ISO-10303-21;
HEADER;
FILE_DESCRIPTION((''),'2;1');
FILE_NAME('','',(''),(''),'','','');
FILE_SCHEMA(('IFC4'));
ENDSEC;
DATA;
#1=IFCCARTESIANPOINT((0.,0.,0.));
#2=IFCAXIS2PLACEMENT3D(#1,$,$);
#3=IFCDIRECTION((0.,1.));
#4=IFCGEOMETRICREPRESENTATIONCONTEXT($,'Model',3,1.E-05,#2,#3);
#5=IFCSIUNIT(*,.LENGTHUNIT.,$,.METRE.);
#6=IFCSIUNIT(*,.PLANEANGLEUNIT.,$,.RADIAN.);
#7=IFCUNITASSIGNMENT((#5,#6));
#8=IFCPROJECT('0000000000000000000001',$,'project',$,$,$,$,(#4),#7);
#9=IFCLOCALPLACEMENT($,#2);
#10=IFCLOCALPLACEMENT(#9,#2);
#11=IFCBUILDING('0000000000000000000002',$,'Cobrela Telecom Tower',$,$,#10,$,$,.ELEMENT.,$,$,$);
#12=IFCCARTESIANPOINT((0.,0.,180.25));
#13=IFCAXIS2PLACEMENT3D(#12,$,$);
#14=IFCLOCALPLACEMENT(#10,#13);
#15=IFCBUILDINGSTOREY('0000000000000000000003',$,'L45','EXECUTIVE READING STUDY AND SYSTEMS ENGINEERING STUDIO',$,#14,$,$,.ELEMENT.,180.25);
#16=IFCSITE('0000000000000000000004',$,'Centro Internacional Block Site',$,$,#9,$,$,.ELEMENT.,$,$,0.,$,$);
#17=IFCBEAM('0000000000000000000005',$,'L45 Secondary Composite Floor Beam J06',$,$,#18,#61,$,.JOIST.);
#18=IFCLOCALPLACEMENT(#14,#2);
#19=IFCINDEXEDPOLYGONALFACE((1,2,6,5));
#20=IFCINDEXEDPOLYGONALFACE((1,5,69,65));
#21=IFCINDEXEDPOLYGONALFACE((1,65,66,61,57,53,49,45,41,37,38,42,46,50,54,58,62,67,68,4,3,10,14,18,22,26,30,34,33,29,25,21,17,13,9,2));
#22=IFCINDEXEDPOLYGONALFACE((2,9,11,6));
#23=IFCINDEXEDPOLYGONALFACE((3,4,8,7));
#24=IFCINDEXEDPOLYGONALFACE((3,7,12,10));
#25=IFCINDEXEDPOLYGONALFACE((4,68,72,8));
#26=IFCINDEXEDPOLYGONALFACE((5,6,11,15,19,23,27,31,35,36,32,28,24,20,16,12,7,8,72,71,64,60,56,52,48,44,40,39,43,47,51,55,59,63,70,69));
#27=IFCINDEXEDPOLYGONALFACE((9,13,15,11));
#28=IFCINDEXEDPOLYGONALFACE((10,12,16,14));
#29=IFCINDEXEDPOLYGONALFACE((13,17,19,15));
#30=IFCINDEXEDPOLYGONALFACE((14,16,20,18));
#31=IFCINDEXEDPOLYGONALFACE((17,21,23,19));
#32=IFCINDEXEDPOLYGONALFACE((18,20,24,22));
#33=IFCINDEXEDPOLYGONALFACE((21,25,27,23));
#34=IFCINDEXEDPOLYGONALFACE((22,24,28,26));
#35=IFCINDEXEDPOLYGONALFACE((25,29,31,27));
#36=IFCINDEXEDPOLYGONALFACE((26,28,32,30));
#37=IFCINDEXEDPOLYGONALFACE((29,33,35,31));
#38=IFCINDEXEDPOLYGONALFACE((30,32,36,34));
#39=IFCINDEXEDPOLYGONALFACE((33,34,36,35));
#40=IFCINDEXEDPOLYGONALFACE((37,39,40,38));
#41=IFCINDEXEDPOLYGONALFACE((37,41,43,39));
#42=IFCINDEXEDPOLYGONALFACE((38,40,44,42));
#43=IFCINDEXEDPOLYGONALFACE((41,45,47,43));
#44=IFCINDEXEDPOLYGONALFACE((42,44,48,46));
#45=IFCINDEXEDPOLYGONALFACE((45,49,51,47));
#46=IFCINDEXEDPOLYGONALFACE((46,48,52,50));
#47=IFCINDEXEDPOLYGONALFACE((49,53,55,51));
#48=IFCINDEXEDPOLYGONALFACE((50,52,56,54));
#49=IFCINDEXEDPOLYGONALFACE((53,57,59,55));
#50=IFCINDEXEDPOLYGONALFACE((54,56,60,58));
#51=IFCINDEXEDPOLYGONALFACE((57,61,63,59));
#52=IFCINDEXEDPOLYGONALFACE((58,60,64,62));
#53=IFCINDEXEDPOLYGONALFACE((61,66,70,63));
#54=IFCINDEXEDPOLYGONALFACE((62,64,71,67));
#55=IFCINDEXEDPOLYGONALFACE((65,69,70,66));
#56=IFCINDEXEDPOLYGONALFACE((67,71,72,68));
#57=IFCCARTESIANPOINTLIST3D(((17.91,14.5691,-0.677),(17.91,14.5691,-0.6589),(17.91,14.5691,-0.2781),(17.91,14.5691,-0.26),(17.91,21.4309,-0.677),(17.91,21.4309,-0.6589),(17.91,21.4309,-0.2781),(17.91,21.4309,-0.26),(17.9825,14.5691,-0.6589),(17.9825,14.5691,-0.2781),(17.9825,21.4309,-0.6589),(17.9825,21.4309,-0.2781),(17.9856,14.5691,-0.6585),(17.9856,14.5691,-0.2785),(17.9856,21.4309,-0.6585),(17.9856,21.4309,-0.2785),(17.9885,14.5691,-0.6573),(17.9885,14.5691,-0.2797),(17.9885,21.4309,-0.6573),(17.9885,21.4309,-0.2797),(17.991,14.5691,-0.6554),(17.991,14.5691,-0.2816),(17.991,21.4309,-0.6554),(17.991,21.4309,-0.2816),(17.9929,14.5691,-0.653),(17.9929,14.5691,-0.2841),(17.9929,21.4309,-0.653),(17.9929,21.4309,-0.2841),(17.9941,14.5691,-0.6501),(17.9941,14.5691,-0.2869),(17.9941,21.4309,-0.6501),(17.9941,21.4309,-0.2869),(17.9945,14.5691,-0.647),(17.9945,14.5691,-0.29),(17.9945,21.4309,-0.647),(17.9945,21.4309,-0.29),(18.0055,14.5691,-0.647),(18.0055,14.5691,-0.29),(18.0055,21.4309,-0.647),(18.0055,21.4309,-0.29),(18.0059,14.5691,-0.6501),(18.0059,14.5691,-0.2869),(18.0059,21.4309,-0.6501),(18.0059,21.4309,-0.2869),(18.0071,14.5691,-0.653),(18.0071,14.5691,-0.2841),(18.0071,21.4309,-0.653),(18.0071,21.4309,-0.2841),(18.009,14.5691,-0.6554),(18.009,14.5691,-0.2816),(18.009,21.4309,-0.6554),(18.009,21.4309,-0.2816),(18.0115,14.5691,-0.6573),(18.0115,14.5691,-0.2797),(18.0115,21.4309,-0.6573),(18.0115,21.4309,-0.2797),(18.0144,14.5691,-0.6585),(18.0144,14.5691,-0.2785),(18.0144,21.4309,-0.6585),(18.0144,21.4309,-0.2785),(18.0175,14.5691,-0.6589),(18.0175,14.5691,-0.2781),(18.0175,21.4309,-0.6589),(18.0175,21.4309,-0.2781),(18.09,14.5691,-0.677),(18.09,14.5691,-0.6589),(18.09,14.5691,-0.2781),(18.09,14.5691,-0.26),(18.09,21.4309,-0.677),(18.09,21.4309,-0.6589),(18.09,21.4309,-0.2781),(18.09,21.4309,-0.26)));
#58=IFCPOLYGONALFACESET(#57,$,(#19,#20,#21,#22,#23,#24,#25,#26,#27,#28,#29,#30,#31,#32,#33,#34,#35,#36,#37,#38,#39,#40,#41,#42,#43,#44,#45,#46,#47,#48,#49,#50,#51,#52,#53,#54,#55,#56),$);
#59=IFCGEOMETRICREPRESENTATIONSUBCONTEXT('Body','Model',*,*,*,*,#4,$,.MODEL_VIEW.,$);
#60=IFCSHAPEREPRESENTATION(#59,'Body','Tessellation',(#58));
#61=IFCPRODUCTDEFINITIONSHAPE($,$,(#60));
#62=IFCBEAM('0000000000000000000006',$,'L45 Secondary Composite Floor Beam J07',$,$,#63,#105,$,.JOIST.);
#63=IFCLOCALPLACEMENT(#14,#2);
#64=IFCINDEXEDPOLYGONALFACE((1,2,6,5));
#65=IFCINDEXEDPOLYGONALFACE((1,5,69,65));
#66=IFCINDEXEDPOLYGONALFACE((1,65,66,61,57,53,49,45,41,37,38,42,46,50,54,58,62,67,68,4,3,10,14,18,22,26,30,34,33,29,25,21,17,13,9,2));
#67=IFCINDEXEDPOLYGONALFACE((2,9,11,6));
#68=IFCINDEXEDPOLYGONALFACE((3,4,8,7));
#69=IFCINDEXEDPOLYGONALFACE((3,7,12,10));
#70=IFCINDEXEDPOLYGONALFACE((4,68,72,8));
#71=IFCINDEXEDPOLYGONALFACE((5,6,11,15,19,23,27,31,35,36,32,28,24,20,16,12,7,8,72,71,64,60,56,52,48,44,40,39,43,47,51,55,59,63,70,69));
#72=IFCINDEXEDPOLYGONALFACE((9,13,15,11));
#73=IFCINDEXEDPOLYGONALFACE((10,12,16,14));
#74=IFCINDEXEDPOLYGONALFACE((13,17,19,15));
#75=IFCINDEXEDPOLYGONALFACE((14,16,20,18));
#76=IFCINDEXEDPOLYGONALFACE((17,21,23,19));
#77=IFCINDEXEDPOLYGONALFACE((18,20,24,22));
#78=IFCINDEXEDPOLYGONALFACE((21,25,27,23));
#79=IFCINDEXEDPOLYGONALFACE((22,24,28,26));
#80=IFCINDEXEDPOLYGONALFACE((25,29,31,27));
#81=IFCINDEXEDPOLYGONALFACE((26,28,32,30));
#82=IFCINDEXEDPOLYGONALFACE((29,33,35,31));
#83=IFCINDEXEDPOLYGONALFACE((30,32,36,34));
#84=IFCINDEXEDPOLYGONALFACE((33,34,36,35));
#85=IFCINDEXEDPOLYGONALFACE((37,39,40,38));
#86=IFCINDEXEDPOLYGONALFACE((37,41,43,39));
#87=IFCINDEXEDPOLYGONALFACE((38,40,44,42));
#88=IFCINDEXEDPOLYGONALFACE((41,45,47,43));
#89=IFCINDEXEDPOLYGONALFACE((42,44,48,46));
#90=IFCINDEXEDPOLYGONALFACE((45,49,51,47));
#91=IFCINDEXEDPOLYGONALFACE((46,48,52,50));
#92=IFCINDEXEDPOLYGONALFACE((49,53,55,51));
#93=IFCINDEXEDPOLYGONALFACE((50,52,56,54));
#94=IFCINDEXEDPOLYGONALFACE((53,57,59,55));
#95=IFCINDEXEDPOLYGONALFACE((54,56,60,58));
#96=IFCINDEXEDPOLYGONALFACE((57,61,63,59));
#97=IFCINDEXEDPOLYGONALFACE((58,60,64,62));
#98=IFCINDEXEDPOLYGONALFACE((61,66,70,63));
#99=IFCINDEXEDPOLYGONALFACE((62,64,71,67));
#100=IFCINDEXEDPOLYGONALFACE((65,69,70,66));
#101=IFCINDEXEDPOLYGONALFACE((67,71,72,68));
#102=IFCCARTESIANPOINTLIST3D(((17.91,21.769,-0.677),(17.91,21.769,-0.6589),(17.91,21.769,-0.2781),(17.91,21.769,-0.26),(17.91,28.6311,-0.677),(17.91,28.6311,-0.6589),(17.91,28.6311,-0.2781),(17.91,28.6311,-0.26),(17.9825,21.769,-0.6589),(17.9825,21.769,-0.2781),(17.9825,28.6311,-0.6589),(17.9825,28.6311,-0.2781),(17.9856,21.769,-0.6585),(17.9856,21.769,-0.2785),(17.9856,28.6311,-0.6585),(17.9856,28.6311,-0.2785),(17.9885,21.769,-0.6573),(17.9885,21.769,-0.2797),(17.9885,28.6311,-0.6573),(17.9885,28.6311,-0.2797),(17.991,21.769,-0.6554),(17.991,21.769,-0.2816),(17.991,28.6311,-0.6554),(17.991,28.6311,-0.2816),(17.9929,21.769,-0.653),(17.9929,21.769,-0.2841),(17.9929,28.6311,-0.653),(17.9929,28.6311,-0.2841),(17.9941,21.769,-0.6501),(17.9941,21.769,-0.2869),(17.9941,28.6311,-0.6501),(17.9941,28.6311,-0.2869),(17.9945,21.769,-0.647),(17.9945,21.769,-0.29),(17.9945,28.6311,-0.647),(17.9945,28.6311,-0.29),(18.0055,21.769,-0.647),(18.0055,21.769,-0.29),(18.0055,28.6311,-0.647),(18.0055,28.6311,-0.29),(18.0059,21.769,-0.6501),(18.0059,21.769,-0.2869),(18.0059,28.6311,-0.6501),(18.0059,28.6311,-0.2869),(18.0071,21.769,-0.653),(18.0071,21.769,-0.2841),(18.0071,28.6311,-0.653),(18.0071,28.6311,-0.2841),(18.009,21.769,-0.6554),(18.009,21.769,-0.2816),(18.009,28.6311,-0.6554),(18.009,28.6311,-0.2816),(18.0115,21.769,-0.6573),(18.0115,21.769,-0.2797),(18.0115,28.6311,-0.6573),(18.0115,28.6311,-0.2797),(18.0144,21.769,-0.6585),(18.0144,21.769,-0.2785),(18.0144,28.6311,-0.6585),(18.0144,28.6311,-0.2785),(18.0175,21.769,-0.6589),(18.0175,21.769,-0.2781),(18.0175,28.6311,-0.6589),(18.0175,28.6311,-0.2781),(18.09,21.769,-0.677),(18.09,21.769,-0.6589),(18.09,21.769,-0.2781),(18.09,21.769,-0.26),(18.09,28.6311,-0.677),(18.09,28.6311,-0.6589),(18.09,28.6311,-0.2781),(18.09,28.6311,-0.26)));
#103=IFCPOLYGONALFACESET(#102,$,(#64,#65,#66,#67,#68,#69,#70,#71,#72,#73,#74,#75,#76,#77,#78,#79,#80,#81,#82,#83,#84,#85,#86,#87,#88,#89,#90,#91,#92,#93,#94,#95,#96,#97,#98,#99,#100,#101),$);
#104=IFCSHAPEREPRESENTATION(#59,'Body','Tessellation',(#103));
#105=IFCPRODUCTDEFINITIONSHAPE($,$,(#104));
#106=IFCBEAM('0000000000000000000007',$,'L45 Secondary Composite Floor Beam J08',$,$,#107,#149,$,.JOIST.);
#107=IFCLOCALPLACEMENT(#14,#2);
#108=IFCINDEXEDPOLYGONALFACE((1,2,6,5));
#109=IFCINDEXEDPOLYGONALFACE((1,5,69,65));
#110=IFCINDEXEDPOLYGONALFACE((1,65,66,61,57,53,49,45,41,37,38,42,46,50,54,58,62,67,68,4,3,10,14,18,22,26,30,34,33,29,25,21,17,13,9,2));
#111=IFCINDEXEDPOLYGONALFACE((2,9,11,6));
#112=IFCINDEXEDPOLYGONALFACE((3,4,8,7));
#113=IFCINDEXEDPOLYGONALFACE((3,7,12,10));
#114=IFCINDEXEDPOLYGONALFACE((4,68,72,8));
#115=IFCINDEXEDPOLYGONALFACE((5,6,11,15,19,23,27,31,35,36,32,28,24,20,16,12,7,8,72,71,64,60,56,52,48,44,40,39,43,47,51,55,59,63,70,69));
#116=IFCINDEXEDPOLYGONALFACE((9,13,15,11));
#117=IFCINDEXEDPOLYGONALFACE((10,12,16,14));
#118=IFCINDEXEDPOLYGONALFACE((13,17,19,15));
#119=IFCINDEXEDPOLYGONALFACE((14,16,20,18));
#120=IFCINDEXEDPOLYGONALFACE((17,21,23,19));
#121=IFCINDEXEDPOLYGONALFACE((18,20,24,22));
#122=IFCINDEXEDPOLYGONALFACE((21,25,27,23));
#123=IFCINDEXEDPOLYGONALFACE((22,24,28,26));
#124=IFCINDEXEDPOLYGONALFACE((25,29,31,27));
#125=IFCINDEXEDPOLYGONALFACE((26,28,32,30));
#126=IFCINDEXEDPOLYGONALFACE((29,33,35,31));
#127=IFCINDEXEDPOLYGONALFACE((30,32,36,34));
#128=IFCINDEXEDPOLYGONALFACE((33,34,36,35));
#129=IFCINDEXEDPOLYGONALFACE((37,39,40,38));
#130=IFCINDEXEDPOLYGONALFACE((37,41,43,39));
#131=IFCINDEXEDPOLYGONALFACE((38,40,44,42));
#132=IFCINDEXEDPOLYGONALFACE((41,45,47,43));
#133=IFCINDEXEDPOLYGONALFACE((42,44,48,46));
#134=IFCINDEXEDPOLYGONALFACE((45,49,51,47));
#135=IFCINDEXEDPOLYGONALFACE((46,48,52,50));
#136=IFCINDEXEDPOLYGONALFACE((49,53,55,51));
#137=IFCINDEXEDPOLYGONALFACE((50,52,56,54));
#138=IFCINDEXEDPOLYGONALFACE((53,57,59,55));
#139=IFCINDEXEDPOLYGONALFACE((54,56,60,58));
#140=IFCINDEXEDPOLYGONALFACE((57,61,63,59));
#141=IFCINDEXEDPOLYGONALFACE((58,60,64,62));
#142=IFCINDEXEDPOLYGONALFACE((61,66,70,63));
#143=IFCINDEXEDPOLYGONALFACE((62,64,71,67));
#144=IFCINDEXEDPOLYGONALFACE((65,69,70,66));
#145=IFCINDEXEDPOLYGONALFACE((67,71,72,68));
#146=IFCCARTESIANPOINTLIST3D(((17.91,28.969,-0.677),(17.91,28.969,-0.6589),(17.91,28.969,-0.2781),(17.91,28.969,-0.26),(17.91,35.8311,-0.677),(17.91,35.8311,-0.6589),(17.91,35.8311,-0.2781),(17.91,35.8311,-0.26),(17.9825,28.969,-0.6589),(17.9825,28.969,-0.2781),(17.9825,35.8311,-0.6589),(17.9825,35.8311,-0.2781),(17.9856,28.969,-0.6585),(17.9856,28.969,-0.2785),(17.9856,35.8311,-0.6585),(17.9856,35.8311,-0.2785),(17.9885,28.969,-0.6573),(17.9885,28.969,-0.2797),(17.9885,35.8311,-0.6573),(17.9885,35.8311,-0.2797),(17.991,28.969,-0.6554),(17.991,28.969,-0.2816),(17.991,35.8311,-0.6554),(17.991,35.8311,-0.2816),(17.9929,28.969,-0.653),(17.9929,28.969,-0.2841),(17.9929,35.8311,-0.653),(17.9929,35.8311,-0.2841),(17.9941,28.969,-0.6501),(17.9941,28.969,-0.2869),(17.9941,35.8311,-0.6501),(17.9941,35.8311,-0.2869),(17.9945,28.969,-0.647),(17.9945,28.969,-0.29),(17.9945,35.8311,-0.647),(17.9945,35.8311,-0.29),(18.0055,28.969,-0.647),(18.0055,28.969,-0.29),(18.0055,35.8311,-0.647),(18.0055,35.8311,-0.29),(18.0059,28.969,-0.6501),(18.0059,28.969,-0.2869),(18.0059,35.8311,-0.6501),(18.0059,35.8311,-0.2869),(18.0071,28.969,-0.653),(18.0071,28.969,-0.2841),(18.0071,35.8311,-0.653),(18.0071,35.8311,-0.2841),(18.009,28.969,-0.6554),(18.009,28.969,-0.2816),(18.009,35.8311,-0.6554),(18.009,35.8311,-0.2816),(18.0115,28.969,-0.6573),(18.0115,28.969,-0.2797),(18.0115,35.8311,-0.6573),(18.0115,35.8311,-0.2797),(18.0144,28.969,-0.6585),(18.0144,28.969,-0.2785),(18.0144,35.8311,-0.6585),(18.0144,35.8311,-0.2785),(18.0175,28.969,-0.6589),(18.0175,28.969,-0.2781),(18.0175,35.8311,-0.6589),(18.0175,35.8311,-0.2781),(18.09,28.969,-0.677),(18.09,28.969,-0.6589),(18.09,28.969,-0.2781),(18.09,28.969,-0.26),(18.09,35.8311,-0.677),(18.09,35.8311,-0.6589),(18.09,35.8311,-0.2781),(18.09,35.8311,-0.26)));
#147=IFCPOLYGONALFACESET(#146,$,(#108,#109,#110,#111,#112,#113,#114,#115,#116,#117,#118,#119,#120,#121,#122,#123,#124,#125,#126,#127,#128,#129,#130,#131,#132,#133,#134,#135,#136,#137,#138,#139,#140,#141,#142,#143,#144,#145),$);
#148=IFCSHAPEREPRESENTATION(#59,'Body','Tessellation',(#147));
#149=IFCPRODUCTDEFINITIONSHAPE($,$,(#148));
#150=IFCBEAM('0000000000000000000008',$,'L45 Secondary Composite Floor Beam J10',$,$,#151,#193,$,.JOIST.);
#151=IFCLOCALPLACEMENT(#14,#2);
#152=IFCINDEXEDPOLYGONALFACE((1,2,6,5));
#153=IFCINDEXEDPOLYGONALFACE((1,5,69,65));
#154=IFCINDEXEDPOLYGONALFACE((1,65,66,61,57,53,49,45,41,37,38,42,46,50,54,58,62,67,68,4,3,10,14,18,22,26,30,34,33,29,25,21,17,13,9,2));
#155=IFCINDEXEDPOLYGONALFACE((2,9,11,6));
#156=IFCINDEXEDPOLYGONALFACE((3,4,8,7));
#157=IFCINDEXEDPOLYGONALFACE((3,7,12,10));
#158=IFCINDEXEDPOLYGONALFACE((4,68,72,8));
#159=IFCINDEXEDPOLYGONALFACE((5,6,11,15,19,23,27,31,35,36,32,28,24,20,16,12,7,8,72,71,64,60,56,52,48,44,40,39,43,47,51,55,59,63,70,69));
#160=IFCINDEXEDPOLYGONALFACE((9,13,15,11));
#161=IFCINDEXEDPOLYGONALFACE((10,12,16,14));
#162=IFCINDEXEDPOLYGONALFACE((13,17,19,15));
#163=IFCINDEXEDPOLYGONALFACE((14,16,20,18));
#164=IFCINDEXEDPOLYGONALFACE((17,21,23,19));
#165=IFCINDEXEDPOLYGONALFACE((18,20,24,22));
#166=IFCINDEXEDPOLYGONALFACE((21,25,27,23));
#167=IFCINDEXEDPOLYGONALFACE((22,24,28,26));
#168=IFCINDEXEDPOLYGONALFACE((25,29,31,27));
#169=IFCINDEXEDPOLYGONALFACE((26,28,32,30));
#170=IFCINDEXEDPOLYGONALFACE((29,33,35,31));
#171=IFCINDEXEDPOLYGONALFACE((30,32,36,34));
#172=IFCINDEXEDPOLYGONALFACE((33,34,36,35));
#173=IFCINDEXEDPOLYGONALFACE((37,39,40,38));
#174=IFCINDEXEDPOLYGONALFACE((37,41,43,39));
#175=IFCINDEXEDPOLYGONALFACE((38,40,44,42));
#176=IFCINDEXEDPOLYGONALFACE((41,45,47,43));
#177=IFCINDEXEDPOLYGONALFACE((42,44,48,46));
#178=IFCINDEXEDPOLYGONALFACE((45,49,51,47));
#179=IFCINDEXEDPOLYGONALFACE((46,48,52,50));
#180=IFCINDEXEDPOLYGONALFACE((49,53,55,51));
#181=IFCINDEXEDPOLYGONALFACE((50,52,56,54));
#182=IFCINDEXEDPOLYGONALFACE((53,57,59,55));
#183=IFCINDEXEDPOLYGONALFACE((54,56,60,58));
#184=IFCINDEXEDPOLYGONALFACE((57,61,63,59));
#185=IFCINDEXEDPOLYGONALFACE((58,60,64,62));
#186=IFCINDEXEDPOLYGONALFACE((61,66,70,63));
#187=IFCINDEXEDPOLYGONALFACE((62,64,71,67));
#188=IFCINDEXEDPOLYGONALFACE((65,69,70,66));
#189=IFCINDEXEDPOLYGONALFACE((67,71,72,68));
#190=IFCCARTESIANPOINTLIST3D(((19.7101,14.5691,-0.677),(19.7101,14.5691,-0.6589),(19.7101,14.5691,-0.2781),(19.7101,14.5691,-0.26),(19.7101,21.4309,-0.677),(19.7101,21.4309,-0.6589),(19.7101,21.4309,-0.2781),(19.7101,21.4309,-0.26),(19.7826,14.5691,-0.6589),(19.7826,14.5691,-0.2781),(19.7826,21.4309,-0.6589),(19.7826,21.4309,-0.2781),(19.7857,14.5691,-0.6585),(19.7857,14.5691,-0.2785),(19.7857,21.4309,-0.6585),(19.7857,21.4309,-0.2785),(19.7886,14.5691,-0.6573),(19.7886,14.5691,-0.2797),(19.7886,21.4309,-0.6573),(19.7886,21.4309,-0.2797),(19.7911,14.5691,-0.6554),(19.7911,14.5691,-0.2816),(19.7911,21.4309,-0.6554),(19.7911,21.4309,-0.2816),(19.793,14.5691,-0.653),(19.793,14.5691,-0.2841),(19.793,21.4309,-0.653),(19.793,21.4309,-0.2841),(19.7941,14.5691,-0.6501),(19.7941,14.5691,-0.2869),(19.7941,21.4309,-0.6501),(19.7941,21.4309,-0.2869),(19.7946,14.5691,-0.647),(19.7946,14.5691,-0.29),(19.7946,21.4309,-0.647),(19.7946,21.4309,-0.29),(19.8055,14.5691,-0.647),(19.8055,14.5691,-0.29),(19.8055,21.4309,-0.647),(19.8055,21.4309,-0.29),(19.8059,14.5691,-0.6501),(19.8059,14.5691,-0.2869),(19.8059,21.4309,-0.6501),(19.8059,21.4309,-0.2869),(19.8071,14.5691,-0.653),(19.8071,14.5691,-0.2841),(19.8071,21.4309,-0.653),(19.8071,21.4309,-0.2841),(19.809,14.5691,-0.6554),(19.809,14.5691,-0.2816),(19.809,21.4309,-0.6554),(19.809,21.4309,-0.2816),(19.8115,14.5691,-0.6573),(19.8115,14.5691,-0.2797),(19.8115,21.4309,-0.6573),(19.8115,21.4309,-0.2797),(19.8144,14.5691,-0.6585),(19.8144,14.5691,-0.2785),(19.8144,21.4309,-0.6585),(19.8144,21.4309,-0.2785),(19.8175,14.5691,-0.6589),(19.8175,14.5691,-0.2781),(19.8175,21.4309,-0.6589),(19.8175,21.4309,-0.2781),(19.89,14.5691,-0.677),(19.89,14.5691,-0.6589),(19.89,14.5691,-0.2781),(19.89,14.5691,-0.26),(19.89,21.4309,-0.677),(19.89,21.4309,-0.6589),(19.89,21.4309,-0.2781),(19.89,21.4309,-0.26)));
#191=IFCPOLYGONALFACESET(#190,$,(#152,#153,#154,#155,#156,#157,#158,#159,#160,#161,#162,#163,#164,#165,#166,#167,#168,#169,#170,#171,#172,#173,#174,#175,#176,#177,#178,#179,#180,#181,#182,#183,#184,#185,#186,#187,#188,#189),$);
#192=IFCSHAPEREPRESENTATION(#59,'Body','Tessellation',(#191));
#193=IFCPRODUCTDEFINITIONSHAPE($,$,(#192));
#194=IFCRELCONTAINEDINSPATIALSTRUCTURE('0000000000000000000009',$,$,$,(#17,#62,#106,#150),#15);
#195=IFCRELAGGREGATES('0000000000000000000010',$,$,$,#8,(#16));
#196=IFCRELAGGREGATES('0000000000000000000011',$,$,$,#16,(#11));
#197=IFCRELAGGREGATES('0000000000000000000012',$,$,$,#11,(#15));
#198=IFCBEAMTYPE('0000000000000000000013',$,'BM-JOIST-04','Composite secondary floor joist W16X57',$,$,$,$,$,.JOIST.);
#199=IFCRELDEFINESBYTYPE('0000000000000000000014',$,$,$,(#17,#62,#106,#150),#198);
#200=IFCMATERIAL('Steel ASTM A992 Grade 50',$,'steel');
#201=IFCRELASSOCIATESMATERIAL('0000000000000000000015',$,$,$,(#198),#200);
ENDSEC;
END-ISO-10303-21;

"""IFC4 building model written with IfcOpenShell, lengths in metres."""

from ifc_helpers import new_model, si_unit, direction, frame, origin, origin_2d, place, context, subcontext, project, spatial, i_section, extrude, material, material_profile, profile_set, type_object, element, save


model = new_model("IFC4")

# Units and contexts
model_context = context("Model", 3, precision=1e-05, world=origin(), true_north=direction((0.0, 1.0)))
body_context = subcontext(model_context, "Body", "Model", "MODEL_VIEW")
ifc_project = project(units=[si_unit("LENGTHUNIT", "METRE"), si_unit("PLANEANGLEUNIT", "RADIAN")], contexts=[model_context])

# Site, building, storey
site_placement = place(None, origin())
site = spatial("IfcSite", under=ifc_project, at=site_placement, Name="Centro Internacional Block Site", CompositionType="ELEMENT", RefElevation=0.0)
building_placement = place(site_placement, origin())
building = spatial("IfcBuilding", under=site, at=building_placement, Name="Cobrela Telecom Tower", CompositionType="ELEMENT")
storey_placement = place(building_placement, frame((0.0, 0.0, 180.25)))
storey = spatial("IfcBuildingStorey", under=building, at=storey_placement, Name="L45", Description="EXECUTIVE READING STUDY AND SYSTEMS ENGINEERING STUDIO", CompositionType="ELEMENT", Elevation=180.25)

# Shared definitions
ifc_material_1 = material(Name="Steel ASTM A992 Grade 50", Category="steel")

# Beams
ifc_material_profile_1 = material_profile(ifc_material_1, i_section(OverallWidth=0.1799, OverallDepth=0.417, WebThickness=0.011, FlangeThickness=0.0181, FilletRadius=0.012, at=origin_2d()), Name="W16X57")
ifc_profile_set_1 = profile_set([ifc_material_profile_1], Name="Steel ASTM A992 Grade 50")
beam_type_1 = type_object("IfcBeamType", Name="BM-JOIST-04", Description="Composite secondary floor joist W16X57", PredefinedType="JOIST", material=ifc_profile_set_1)
beam_1_placement = place(storey_placement, frame((18.0, 14.5691, -0.4685), z_axis=(0.0, 1.0, 0.0), x_axis=(-1.0, 0.0, 0.0)))
element("IfcBeam", 1, at=beam_1_placement, inside=storey, type_object=beam_type_1, Name="L45 Secondary Composite Floor Beam J06", PredefinedType="JOIST", context=body_context, shape_type="SweptSolid", body=[
    extrude(i_section(OverallWidth=0.1799, OverallDepth=0.417, WebThickness=0.011, FlangeThickness=0.0181, FilletRadius=0.012, at=origin_2d()), origin(), (0.0, 0.0, 1.0), 6.8618),
])
for number, where, z_axis, x_axis, name in (
    (2, (18.0, 21.769, -0.4685), (0.0, 1.0, 0.0), (-1.0, 0.0, 0.0), "L45 Secondary Composite Floor Beam J07"),
    (3, (18.0, 28.969, -0.4685), (0.0, 1.0, 0.0), (-1.0, 0.0, 0.0), "L45 Secondary Composite Floor Beam J08"),
):
    element("IfcBeam", number, at=place(storey_placement, frame(where, z_axis=z_axis, x_axis=x_axis)), inside=storey, type_object=beam_type_1, Name=name, PredefinedType="JOIST", context=body_context, shape_type="SweptSolid", body=[
        extrude(i_section(OverallWidth=0.1799, OverallDepth=0.417, WebThickness=0.011, FlangeThickness=0.0181, FilletRadius=0.012, at=origin_2d()), origin(), (0.0, 0.0, 1.0), 6.8621),
    ])
beam_2_placement = place(storey_placement, frame((19.8, 14.5691, -0.4685), z_axis=(0.0, 1.0, 0.0), x_axis=(-1.0, 0.0, 0.0)))
element("IfcBeam", 4, at=beam_2_placement, inside=storey, type_object=beam_type_1, Name="L45 Secondary Composite Floor Beam J10", PredefinedType="JOIST", context=body_context, shape_type="SweptSolid", body=[
    extrude(i_section(OverallWidth=0.1799, OverallDepth=0.417, WebThickness=0.011, FlangeThickness=0.0181, FilletRadius=0.012, at=origin_2d()), origin(), (0.0, 0.0, 1.0), 6.8618),
])

save(model, "model.ifc")
